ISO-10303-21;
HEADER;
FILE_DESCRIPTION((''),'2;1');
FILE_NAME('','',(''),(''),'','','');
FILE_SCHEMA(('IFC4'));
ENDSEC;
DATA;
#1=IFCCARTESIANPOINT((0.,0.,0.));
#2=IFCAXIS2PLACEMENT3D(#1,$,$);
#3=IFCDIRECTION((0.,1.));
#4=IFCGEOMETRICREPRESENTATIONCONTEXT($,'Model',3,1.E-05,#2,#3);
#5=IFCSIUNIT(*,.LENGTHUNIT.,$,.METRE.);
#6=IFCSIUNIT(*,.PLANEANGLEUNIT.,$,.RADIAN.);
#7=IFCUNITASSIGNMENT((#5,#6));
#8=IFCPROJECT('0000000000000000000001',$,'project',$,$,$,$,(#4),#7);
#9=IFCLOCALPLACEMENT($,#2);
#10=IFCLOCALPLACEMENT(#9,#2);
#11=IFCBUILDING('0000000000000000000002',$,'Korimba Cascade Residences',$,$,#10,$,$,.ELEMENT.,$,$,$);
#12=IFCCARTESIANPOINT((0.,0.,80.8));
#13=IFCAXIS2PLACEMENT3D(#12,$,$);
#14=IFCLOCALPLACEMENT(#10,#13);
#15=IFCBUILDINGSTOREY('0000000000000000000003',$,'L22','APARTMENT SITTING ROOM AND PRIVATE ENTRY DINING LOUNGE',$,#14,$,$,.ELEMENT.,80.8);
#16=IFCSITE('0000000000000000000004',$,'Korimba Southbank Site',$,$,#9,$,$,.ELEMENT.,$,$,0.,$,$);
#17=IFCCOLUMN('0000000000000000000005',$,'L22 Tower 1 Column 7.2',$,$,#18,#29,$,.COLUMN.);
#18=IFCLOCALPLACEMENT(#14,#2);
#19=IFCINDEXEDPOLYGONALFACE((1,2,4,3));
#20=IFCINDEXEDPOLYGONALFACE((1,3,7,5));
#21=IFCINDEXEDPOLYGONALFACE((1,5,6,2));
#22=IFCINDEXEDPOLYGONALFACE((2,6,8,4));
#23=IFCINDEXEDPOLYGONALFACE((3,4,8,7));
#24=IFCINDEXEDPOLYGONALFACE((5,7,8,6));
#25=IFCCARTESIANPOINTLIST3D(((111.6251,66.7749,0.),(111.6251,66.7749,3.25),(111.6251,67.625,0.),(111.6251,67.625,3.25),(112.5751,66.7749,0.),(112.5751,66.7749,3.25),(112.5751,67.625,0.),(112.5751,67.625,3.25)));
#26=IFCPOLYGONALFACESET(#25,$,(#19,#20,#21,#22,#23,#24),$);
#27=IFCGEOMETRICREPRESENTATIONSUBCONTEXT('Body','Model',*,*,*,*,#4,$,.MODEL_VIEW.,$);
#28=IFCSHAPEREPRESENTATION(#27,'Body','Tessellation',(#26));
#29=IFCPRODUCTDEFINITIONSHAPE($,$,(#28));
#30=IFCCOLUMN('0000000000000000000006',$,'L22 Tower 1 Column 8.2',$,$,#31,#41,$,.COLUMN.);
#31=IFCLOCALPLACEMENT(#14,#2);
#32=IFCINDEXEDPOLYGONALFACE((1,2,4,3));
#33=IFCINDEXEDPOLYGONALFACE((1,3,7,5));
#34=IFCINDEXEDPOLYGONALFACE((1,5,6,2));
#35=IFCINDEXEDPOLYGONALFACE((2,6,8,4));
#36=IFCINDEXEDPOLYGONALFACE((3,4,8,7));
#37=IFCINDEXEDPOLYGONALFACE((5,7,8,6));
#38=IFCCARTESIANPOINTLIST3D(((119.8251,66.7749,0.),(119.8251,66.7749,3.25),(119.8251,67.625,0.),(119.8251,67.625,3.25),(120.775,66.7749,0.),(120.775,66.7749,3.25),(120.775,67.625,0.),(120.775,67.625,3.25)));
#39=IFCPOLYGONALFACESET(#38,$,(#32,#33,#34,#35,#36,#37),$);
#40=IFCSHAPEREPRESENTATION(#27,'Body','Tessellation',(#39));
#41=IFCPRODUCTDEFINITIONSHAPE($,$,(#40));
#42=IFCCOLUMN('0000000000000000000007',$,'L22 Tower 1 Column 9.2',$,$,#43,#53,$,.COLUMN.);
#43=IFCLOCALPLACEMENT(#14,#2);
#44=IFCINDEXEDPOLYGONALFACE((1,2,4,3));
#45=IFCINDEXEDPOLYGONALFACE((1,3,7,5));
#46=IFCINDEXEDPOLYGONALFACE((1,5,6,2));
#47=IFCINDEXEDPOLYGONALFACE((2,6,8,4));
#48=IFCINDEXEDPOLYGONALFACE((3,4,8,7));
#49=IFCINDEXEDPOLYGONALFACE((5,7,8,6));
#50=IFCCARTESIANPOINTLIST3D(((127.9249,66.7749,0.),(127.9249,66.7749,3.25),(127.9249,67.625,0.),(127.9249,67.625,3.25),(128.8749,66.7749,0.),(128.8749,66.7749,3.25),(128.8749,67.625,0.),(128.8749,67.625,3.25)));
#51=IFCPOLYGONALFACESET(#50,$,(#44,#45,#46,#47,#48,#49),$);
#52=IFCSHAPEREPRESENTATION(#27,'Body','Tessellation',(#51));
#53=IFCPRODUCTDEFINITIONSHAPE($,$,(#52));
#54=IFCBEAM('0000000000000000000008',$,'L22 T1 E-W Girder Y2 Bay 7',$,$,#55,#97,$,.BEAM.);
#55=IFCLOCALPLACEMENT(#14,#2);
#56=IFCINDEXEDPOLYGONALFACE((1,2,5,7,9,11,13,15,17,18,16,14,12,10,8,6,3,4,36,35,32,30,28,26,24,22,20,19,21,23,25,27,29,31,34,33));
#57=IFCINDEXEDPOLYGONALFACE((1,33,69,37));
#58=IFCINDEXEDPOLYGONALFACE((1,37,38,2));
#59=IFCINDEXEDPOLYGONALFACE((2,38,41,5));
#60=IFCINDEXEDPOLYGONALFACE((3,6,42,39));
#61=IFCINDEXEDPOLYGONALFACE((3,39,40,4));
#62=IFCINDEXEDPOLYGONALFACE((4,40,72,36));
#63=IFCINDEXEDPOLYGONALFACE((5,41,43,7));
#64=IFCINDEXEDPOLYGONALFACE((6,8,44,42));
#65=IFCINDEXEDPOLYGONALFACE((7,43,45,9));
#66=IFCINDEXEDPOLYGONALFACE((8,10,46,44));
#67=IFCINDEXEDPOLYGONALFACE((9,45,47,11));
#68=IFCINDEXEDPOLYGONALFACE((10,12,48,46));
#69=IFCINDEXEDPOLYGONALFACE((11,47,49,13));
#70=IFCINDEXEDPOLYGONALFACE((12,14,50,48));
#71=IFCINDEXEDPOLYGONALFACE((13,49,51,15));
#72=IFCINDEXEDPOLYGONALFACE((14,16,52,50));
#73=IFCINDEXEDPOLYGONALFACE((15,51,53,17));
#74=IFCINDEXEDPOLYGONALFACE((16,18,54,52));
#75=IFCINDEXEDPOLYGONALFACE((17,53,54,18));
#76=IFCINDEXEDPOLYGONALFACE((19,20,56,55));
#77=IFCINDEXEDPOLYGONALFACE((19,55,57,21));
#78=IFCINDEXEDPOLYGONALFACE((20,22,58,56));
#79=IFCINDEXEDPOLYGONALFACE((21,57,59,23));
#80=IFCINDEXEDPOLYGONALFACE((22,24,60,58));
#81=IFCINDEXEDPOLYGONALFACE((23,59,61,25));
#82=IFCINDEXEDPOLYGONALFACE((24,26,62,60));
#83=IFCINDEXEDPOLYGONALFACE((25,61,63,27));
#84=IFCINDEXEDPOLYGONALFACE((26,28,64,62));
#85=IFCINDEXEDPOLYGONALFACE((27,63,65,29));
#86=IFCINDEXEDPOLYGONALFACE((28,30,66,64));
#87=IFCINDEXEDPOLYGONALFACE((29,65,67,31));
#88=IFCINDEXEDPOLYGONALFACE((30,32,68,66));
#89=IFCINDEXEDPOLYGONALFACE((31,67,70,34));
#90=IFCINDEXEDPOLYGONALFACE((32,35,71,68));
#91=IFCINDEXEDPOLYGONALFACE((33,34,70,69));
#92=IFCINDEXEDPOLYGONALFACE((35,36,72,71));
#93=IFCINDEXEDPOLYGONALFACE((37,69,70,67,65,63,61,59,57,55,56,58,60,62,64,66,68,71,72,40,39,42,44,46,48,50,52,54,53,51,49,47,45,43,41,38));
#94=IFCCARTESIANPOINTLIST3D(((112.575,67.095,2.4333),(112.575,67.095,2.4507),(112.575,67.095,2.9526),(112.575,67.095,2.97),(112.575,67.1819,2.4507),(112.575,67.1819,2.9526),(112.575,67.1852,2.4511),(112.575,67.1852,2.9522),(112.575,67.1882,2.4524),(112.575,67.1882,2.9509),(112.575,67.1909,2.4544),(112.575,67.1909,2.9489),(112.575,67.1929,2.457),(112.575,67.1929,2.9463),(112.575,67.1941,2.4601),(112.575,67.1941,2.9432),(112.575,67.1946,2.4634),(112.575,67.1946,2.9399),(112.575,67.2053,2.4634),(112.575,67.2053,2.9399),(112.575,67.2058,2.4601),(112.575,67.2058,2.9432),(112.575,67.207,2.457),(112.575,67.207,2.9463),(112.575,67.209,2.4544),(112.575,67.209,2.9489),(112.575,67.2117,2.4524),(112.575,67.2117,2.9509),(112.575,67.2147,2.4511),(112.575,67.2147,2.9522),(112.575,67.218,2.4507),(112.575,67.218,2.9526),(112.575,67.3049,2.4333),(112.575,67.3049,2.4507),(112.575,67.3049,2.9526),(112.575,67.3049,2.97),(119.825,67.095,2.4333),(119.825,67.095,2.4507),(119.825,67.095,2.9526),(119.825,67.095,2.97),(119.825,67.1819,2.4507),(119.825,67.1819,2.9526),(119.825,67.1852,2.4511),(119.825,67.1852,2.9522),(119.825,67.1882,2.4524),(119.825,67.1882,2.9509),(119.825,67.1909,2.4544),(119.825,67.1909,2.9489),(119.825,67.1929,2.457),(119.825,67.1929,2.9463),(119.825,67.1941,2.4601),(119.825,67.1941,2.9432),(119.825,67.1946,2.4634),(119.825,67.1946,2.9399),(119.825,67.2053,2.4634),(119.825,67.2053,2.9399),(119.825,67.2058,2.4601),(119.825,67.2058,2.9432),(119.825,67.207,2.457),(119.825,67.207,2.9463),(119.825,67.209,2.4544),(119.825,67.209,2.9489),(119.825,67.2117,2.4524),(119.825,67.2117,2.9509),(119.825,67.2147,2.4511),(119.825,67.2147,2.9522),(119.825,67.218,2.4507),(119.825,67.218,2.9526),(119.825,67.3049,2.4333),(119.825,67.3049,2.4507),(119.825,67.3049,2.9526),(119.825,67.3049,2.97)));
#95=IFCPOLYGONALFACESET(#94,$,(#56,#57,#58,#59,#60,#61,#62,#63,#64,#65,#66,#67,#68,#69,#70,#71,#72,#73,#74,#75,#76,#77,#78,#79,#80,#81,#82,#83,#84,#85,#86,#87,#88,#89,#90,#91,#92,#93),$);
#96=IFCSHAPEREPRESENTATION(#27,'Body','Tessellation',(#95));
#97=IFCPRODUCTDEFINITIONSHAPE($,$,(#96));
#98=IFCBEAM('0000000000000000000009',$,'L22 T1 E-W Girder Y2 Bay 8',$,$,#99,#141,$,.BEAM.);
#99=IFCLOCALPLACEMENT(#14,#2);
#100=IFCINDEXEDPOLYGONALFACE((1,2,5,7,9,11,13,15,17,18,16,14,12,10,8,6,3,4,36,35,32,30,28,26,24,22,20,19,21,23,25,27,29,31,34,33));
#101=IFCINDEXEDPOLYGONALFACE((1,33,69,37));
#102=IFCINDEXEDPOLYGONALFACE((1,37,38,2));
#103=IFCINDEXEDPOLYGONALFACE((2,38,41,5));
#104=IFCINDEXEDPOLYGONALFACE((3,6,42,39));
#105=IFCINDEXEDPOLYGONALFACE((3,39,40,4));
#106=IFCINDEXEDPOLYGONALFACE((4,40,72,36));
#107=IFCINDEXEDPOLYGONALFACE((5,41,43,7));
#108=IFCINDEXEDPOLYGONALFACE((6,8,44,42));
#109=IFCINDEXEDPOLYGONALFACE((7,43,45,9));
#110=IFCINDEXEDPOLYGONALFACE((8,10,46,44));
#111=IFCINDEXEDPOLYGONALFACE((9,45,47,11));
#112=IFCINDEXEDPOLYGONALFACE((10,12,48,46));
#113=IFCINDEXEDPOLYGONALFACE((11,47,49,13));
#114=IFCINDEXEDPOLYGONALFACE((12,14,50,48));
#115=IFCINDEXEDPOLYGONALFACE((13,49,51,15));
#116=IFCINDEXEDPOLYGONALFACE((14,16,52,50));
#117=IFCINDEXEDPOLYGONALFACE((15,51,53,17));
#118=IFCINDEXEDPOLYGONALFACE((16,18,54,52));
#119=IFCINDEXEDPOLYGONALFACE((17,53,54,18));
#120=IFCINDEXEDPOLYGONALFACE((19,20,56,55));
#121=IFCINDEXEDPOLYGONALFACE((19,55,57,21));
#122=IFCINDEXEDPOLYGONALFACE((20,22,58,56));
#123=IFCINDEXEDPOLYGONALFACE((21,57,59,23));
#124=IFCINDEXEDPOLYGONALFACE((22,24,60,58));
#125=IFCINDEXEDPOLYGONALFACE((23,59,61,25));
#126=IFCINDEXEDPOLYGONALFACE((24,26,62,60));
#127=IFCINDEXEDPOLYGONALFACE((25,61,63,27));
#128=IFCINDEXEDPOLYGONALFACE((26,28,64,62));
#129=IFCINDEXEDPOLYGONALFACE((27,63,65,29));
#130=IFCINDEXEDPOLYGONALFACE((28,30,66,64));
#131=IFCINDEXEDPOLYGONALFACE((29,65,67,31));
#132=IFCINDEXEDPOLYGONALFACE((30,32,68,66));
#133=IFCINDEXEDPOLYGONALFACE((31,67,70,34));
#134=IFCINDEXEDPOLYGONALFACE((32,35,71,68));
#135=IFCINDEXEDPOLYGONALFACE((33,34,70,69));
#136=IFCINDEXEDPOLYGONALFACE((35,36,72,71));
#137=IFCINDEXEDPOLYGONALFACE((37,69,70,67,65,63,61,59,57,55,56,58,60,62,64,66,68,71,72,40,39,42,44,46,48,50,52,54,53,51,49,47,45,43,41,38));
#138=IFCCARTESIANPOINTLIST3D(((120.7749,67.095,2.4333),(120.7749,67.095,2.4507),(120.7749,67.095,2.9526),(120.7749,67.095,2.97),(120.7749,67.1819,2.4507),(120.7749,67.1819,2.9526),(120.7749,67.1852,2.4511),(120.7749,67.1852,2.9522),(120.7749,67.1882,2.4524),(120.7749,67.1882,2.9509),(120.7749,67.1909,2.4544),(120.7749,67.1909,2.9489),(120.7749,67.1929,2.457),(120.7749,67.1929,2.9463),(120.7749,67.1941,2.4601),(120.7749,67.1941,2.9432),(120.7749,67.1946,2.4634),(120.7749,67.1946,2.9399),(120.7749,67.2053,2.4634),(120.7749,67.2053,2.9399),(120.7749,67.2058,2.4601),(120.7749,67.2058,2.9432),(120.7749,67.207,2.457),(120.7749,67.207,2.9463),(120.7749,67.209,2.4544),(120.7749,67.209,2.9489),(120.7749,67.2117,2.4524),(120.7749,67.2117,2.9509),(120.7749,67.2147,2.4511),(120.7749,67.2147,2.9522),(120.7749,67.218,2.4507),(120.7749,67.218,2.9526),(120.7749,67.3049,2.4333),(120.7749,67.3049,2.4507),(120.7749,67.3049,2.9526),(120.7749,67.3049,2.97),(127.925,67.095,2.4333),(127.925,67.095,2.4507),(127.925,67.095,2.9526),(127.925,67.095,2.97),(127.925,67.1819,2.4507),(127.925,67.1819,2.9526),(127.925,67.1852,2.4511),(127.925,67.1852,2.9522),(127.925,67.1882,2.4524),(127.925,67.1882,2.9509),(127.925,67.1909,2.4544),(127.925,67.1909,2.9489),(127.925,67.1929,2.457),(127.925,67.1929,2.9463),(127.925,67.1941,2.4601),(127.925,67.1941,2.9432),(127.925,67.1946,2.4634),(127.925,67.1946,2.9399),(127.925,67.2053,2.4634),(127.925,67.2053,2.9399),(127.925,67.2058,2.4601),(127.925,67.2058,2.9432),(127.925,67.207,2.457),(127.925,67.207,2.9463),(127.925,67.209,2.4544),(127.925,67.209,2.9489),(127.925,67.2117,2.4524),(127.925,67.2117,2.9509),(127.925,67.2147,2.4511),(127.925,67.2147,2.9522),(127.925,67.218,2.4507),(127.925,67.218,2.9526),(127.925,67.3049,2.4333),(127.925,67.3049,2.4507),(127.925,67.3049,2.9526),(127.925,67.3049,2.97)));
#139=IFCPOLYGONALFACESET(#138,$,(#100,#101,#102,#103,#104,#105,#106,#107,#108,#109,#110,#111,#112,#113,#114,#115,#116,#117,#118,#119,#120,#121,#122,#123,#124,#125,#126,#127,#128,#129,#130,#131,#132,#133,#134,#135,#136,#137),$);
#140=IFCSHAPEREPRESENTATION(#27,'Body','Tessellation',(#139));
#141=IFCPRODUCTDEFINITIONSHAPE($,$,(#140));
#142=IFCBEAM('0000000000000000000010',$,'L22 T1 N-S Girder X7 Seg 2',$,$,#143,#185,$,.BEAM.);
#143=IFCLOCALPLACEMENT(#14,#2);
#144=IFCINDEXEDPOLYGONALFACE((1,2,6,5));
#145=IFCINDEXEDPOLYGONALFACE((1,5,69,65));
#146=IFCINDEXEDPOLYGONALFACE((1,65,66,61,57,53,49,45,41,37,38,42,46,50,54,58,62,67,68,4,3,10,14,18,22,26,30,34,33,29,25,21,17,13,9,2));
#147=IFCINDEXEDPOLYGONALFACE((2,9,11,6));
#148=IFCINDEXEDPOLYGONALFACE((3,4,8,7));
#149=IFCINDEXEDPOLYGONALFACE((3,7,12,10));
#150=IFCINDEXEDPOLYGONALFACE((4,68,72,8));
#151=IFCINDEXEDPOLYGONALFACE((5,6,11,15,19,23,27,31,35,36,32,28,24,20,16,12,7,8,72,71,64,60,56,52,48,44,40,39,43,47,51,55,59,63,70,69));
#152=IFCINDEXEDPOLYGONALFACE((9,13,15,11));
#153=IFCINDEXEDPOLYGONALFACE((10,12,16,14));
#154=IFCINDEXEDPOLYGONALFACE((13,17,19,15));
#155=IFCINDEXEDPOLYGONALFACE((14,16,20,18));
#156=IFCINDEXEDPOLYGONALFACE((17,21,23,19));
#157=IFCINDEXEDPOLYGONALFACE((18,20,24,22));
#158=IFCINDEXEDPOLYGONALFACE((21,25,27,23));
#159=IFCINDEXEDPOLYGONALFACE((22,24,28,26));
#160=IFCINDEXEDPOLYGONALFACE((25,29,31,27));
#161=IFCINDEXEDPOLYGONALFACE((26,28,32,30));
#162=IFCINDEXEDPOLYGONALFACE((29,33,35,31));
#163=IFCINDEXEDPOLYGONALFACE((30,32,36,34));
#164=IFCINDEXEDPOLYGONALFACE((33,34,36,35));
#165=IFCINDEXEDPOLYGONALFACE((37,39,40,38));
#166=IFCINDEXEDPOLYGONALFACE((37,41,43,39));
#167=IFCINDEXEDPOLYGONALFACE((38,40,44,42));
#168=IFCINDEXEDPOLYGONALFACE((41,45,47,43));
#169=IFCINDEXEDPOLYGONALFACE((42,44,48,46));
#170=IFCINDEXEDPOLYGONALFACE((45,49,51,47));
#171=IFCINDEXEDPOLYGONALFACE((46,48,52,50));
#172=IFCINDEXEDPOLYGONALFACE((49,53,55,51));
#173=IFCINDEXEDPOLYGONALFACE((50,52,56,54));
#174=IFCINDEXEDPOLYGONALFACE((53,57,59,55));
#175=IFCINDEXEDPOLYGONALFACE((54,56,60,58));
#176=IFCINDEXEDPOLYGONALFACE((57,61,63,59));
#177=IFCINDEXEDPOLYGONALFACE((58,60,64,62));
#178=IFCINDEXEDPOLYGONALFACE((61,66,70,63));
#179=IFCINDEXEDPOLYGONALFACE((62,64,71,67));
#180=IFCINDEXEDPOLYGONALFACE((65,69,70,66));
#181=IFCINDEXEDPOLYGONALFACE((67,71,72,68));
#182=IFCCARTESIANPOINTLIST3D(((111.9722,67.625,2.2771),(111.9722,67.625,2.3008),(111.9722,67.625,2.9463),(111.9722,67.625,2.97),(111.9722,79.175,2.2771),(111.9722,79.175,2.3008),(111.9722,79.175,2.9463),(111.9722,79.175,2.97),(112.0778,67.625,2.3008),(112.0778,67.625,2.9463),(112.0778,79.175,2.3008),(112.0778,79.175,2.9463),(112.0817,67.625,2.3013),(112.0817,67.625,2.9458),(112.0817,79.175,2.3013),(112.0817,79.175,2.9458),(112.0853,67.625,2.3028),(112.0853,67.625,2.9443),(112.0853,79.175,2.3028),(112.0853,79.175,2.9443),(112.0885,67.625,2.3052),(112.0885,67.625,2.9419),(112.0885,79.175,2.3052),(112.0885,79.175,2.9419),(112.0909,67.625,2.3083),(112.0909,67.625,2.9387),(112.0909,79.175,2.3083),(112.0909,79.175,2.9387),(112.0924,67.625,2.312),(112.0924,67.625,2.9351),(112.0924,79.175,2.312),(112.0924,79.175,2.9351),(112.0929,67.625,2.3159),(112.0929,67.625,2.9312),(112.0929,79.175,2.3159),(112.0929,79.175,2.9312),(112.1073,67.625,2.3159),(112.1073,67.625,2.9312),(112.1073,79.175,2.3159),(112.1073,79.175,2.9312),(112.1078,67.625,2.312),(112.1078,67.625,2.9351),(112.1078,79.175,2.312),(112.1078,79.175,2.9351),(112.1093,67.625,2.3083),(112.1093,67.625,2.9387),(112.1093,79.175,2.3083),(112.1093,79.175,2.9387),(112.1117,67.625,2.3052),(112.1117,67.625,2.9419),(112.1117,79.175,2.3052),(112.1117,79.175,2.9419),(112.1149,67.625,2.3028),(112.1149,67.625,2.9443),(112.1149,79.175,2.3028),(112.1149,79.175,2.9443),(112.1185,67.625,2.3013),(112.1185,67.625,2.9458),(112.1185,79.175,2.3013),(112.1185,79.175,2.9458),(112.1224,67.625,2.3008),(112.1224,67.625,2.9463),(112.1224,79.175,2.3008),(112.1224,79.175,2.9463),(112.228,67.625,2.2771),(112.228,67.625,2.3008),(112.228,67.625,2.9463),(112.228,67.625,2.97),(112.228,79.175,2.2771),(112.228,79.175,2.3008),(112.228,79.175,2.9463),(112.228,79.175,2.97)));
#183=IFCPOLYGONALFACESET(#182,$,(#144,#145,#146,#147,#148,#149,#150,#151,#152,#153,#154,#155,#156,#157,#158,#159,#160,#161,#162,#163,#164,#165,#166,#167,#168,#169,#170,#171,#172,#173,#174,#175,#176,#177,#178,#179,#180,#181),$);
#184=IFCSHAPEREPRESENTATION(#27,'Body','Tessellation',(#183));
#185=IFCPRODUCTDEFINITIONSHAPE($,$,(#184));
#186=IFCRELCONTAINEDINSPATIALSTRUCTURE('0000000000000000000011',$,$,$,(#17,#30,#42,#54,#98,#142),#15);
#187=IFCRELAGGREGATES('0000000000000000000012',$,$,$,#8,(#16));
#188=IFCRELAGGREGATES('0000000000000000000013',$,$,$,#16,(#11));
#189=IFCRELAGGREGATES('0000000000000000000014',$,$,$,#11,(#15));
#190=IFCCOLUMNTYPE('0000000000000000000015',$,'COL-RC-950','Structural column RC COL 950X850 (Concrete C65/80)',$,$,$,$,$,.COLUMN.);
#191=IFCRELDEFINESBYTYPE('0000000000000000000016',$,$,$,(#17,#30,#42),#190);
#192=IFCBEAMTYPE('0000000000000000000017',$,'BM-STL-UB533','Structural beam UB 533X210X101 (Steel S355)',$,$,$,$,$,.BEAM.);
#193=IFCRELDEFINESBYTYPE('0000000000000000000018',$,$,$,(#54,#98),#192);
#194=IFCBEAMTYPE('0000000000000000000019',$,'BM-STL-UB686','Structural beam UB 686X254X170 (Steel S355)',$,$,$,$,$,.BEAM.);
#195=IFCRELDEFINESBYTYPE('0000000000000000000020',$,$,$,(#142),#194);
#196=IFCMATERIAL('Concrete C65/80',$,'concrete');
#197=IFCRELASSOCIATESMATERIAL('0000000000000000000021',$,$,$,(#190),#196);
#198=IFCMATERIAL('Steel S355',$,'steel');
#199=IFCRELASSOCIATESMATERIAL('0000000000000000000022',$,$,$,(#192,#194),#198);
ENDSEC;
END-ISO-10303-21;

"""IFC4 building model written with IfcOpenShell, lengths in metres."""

from ifc_helpers import new_model, si_unit, direction, frame, origin, origin_2d, place, context, subcontext, project, spatial, rectangle, i_section, extrude, material, material_profile, profile_set, type_object, element, save


model = new_model("IFC4")

# Units and contexts
model_context = context("Model", 3, precision=1e-05, world=origin(), true_north=direction((0.0, 1.0)))
body_context = subcontext(model_context, "Body", "Model", "MODEL_VIEW")
ifc_project = project(units=[si_unit("LENGTHUNIT", "METRE"), si_unit("PLANEANGLEUNIT", "RADIAN")], contexts=[model_context])

# Site, building, storey
site_placement = place(None, origin())
site = spatial("IfcSite", under=ifc_project, at=site_placement, Name="Korimba Southbank Site", CompositionType="ELEMENT", RefElevation=0.0)
building_placement = place(site_placement, origin())
building = spatial("IfcBuilding", under=site, at=building_placement, Name="Korimba Cascade Residences", CompositionType="ELEMENT")
storey_placement = place(building_placement, frame((0.0, 0.0, 80.8)))
storey = spatial("IfcBuildingStorey", under=building, at=storey_placement, Name="L22", Description="APARTMENT SITTING ROOM AND PRIVATE ENTRY DINING LOUNGE", CompositionType="ELEMENT", Elevation=80.8)

# Columns
ifc_material_1 = material(Name="Concrete C65/80", Category="concrete")
ifc_material_profile_1 = material_profile(ifc_material_1, rectangle(XDim=0.95, YDim=0.8501, at=origin_2d()), Name="Concrete C65/80")
ifc_profile_set_1 = profile_set([ifc_material_profile_1], Name="Concrete C65/80")
column_type = type_object("IfcColumnType", Name="COL-RC-950", Description="Structural column RC COL 950X850 (Concrete C65/80)", PredefinedType="COLUMN", material=ifc_profile_set_1)
for number, where, z_axis, x_axis, name in (
    (1, (112.1001, 67.2, 0.0), (0.0, 0.0, 1.0), (1.0, 0.0, 0.0), "L22 Tower 1 Column 7.2"),
    (2, (120.3, 67.2, 0.0), (0.0, 0.0, 1.0), (1.0, 0.0, 0.0), "L22 Tower 1 Column 8.2"),
    (3, (128.3999, 67.2, 0.0), (0.0, 0.0, 1.0), (1.0, 0.0, 0.0), "L22 Tower 1 Column 9.2"),
):
    element("IfcColumn", number, at=place(storey_placement, frame(where, z_axis=z_axis, x_axis=x_axis)), inside=storey, type_object=column_type, Name=name, PredefinedType="COLUMN", context=body_context, shape_type="SweptSolid", body=[
        extrude(rectangle(XDim=0.95, YDim=0.8501, at=origin_2d()), origin(), (0.0, 0.0, 1.0), 3.25),
    ])

# Beams
ifc_material_2 = material(Name="Steel S355", Category="steel")
ifc_material_profile_2 = material_profile(ifc_material_2, i_section(OverallWidth=0.21, OverallDepth=0.5366, WebThickness=0.0107, FlangeThickness=0.0173, FilletRadius=0.0127, at=origin_2d()), Name="Steel S355")
ifc_profile_set_2 = profile_set([ifc_material_profile_2], Name="Steel S355")
beam_type_1 = type_object("IfcBeamType", Name="BM-STL-UB533", Description="Structural beam UB 533X210X101 (Steel S355)", PredefinedType="BEAM", material=ifc_profile_set_2)
beam_1_placement = place(storey_placement, frame((112.575, 67.2, 2.7017), z_axis=(1.0, 0.0, 0.0), x_axis=(0.0, 1.0, 0.0)))
element("IfcBeam", 4, at=beam_1_placement, inside=storey, type_object=beam_type_1, Name="L22 T1 E-W Girder Y2 Bay 7", PredefinedType="BEAM", context=body_context, shape_type="SweptSolid", body=[
    extrude(i_section(OverallWidth=0.21, OverallDepth=0.5366, WebThickness=0.0107, FlangeThickness=0.0173, FilletRadius=0.0127, at=origin_2d()), origin(), (0.0, 0.0, 1.0), 7.25),
])
beam_2_placement = place(storey_placement, frame((120.7749, 67.2, 2.7017), z_axis=(1.0, 0.0, 0.0), x_axis=(0.0, 1.0, 0.0)))
element("IfcBeam", 5, at=beam_2_placement, inside=storey, type_object=beam_type_1, Name="L22 T1 E-W Girder Y2 Bay 8", PredefinedType="BEAM", context=body_context, shape_type="SweptSolid", body=[
    extrude(i_section(OverallWidth=0.21, OverallDepth=0.5366, WebThickness=0.0107, FlangeThickness=0.0173, FilletRadius=0.0127, at=origin_2d()), origin(), (0.0, 0.0, 1.0), 7.1501),
])
ifc_material_profile_3 = material_profile(ifc_material_2, i_section(OverallWidth=0.2559, OverallDepth=0.6929, WebThickness=0.0144, FlangeThickness=0.0237, FilletRadius=0.0151, at=origin_2d()), Name="Steel S355")
ifc_profile_set_3 = profile_set([ifc_material_profile_3], Name="Steel S355")
beam_type_2 = type_object("IfcBeamType", Name="BM-STL-UB686", Description="Structural beam UB 686X254X170 (Steel S355)", PredefinedType="BEAM", material=ifc_profile_set_3)
beam_3_placement = place(storey_placement, frame((112.1001, 67.625, 2.6235), z_axis=(0.0, 1.0, 0.0), x_axis=(-1.0, 0.0, 0.0)))
element("IfcBeam", 6, at=beam_3_placement, inside=storey, type_object=beam_type_2, Name="L22 T1 N-S Girder X7 Seg 2", PredefinedType="BEAM", context=body_context, shape_type="SweptSolid", body=[
    extrude(i_section(OverallWidth=0.2559, OverallDepth=0.6929, WebThickness=0.0144, FlangeThickness=0.0237, FilletRadius=0.0151, at=origin_2d()), origin(), (0.0, 0.0, 1.0), 11.55),
])

save(model, "model.ifc")
